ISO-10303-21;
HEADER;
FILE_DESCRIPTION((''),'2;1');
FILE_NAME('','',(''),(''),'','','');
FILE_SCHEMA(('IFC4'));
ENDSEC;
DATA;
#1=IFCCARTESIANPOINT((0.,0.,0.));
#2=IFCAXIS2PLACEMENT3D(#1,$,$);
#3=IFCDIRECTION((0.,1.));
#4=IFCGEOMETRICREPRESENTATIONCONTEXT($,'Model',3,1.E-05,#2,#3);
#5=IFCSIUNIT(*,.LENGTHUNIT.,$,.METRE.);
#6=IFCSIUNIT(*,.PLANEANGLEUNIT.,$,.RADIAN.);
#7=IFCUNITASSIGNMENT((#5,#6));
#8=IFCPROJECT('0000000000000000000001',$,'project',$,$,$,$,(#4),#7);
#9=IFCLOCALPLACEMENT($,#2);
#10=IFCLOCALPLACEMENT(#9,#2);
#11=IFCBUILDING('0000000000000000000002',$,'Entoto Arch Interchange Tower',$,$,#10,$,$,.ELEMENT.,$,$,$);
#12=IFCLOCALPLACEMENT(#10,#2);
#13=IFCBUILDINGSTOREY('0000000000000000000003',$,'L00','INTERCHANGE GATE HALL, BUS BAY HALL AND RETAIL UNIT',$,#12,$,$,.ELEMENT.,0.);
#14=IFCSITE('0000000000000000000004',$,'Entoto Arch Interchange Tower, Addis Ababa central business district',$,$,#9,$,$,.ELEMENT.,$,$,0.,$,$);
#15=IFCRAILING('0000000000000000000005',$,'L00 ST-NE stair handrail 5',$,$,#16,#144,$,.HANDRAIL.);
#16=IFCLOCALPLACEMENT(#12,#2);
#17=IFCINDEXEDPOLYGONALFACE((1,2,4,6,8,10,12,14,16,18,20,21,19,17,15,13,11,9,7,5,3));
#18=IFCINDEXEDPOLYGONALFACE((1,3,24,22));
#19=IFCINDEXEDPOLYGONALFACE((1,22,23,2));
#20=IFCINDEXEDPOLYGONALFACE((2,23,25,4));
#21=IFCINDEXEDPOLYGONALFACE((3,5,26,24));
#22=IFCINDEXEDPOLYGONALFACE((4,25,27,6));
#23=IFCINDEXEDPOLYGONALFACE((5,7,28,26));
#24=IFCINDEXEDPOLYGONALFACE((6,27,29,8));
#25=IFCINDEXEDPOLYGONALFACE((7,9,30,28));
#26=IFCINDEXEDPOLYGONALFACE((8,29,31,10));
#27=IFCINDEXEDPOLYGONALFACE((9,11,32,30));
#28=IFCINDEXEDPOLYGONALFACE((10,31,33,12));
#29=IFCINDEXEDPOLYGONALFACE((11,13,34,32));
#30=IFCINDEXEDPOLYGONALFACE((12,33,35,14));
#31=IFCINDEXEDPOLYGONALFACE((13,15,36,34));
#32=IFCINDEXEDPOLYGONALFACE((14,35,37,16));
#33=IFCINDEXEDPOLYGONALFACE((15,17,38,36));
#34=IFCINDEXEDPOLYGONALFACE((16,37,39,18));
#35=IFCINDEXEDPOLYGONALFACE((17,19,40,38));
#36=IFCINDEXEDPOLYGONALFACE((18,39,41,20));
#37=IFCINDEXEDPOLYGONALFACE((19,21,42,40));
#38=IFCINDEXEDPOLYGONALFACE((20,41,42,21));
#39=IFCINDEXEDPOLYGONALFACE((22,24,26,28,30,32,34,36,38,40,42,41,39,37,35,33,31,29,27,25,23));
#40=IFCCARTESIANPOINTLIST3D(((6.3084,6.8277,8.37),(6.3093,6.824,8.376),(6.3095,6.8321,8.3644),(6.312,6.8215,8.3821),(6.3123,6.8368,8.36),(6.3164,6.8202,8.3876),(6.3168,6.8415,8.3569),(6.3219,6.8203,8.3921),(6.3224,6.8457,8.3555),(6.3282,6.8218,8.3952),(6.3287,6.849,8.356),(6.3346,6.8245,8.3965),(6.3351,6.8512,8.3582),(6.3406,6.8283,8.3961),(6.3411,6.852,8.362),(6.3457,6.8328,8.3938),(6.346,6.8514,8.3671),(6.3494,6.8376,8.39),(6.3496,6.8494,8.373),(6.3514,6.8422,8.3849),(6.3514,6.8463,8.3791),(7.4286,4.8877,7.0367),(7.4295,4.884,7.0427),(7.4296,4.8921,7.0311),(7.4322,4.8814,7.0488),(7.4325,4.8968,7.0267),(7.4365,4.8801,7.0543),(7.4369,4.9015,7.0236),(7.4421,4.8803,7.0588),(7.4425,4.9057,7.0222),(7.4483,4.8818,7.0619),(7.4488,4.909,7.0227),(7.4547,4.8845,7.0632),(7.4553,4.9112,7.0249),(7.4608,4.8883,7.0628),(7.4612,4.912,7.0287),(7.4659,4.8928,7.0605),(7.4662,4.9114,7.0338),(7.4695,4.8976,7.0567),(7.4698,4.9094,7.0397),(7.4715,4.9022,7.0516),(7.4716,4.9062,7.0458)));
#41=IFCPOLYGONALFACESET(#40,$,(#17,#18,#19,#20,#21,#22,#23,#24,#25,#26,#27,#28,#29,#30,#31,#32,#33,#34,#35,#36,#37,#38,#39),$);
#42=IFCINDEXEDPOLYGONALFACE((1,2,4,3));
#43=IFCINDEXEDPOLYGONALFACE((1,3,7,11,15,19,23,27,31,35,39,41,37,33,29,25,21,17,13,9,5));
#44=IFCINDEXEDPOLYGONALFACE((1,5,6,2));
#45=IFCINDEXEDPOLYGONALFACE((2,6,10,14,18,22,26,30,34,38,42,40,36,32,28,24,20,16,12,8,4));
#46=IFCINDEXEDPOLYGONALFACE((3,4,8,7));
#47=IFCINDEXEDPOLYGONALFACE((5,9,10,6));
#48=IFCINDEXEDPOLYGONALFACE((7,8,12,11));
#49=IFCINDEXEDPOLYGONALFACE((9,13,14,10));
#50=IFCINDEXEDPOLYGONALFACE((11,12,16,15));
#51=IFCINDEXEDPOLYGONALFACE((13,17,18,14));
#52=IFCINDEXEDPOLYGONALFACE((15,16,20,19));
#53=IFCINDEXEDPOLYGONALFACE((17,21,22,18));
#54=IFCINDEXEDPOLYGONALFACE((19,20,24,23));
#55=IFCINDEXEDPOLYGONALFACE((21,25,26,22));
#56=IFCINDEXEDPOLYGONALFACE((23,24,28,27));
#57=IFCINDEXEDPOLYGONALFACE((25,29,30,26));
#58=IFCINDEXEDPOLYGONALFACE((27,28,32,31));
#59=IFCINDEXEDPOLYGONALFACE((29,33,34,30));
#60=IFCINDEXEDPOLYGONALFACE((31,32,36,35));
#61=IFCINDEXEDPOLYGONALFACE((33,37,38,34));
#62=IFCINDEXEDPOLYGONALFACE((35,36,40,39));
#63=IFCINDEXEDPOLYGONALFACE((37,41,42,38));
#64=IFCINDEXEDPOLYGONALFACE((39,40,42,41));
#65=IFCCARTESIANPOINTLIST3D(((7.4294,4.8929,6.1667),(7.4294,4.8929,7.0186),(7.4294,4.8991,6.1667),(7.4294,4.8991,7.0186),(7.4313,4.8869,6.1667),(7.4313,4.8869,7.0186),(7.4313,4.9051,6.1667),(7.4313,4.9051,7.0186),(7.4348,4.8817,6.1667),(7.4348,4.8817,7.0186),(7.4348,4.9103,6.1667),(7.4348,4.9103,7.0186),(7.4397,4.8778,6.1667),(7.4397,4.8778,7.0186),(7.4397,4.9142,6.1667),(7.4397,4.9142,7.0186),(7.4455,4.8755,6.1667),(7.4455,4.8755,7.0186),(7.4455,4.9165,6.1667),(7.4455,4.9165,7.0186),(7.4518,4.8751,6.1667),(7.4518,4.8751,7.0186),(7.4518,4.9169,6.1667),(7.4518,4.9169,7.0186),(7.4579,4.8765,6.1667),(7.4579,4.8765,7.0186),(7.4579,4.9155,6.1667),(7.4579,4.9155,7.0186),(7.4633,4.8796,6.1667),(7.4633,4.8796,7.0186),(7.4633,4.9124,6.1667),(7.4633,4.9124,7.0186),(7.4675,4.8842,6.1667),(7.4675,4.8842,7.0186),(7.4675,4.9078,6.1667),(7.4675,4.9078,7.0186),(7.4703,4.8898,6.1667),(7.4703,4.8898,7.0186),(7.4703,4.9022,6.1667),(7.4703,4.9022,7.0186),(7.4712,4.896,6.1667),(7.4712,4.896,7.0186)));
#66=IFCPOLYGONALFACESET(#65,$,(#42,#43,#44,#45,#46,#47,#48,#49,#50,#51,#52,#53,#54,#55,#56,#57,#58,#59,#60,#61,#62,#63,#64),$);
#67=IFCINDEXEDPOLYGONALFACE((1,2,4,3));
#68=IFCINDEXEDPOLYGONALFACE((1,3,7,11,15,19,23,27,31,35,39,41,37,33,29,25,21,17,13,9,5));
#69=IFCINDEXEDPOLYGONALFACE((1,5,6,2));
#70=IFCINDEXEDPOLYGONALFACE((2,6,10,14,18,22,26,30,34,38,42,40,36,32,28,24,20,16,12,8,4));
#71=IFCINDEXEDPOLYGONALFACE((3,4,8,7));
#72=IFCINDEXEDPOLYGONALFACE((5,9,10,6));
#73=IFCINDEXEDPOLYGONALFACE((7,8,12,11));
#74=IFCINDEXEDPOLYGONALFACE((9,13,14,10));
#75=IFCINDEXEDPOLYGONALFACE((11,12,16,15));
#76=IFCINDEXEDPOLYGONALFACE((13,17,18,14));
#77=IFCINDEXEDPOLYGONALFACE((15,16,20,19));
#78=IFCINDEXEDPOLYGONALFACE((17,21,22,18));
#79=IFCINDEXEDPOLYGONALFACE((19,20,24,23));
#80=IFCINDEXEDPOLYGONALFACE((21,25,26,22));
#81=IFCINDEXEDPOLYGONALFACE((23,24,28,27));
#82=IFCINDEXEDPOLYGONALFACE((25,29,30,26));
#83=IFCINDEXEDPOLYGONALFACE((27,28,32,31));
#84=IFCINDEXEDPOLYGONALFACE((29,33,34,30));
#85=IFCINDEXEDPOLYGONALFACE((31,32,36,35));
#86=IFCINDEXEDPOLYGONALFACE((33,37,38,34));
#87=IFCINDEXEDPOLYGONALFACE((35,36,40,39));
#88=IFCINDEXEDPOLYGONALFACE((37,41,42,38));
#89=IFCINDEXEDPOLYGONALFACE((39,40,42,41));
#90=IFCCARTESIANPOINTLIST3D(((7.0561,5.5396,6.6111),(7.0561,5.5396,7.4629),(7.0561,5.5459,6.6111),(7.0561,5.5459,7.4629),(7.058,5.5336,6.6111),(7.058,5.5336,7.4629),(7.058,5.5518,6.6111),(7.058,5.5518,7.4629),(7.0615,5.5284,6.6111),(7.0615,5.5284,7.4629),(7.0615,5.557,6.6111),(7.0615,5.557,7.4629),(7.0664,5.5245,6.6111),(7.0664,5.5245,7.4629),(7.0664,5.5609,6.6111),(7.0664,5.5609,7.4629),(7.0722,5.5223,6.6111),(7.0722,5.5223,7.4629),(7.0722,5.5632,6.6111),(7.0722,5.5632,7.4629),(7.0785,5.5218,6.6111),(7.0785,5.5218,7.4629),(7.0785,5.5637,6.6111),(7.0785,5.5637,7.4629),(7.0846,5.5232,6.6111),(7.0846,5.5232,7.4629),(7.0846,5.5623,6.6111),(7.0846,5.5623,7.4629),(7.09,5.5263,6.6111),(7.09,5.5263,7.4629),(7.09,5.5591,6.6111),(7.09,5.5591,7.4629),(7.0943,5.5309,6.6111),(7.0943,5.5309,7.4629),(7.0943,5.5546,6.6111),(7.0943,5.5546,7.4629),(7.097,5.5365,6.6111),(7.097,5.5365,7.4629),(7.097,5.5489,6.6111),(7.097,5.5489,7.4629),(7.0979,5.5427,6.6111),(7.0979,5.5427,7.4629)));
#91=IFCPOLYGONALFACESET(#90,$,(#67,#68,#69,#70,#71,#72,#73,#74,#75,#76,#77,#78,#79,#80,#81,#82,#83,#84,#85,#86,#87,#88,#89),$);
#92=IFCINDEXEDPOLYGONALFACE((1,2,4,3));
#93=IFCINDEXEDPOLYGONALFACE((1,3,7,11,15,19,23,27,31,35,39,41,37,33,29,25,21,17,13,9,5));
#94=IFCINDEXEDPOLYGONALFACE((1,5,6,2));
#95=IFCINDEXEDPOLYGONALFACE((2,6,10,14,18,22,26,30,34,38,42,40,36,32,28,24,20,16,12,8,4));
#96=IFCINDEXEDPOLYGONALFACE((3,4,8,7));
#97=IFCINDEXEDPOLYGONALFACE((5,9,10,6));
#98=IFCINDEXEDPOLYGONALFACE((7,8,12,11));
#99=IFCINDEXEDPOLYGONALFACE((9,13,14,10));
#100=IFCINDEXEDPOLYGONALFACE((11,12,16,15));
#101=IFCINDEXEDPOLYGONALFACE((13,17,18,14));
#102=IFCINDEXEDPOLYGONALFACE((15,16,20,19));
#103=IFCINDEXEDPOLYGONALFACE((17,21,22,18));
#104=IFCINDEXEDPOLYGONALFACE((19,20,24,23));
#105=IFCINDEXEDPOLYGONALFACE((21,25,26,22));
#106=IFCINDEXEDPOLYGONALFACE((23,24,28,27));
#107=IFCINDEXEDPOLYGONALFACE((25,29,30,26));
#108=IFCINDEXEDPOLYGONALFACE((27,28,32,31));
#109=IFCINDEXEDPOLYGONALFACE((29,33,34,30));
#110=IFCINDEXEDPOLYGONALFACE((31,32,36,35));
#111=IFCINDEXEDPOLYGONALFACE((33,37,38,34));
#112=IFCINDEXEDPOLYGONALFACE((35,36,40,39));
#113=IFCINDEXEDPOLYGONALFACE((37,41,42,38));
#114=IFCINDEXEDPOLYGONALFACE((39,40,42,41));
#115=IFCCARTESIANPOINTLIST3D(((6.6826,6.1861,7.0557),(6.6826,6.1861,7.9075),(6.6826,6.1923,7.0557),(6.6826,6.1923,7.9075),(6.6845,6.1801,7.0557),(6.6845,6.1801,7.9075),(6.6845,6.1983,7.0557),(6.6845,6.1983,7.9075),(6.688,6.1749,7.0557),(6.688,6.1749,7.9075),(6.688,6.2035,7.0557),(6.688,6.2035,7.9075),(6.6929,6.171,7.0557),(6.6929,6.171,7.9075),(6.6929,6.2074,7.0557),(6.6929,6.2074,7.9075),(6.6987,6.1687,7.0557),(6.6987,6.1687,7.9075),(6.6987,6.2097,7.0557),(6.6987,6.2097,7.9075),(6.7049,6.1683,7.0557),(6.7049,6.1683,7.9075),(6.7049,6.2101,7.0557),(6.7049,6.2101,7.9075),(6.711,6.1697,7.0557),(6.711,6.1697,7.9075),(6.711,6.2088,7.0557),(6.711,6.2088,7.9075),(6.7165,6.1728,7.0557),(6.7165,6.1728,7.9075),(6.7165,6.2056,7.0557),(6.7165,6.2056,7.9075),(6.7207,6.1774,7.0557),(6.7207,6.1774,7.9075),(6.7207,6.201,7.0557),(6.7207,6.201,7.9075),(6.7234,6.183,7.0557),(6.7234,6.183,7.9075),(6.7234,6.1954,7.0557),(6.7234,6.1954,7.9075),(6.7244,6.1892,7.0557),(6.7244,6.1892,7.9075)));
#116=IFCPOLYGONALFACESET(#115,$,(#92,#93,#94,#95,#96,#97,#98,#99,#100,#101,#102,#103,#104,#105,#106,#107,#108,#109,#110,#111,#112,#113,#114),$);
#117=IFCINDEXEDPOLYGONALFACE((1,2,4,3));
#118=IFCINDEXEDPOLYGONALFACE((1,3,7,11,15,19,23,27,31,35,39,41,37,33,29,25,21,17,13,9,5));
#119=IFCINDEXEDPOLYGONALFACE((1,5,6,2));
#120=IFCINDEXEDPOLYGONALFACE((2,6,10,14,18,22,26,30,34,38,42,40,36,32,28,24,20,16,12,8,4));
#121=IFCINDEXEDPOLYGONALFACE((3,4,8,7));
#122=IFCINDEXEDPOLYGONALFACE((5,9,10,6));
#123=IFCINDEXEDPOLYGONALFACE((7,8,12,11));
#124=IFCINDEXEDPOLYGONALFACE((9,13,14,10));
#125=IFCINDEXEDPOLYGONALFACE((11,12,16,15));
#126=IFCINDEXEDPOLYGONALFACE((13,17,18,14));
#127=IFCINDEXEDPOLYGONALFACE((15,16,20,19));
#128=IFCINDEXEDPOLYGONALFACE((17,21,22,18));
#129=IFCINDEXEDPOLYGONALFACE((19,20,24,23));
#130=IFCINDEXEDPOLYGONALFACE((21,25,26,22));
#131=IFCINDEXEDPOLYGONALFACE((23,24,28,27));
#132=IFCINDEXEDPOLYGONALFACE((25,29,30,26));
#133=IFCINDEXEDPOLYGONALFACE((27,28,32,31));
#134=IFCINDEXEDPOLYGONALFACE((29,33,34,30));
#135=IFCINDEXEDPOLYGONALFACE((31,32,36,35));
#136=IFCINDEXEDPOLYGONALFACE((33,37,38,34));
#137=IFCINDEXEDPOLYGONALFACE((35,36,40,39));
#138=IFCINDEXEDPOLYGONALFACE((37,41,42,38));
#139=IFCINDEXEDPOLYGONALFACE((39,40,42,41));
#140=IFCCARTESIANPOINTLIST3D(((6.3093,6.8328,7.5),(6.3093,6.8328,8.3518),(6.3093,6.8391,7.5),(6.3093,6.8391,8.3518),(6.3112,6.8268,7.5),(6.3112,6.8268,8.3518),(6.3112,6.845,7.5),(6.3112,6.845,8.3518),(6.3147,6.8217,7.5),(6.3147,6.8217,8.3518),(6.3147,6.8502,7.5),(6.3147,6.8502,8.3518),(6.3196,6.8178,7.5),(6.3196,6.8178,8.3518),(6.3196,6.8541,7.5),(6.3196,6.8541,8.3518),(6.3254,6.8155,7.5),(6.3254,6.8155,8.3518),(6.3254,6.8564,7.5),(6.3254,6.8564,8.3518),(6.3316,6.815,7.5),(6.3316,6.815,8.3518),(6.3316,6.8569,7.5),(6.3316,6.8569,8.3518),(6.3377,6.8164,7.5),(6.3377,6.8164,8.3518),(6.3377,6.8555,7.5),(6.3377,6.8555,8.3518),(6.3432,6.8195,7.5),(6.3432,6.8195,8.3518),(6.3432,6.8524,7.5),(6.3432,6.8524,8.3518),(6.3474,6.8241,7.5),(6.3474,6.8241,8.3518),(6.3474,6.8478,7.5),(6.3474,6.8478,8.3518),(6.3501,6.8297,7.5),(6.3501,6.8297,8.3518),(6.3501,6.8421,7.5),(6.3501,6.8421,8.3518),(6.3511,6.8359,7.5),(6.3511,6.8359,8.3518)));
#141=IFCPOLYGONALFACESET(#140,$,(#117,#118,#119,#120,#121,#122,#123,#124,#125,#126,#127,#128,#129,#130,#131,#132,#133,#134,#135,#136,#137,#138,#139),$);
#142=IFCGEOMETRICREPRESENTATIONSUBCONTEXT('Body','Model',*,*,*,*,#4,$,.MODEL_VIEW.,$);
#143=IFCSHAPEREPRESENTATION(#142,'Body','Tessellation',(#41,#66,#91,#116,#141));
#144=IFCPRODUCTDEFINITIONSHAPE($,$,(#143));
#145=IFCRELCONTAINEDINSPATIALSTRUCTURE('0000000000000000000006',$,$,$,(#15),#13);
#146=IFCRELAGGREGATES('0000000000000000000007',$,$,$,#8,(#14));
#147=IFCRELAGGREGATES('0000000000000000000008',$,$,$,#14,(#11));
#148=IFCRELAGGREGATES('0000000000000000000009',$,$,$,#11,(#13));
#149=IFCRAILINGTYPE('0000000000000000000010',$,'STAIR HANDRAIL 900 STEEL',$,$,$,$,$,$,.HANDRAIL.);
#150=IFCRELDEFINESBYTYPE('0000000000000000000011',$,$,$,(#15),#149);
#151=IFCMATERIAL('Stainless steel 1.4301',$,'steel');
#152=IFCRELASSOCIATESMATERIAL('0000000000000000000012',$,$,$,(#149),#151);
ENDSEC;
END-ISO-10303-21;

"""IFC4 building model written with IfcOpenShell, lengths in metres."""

from ifc_helpers import new_model, si_unit, direction, frame, origin, origin_2d, place, context, subcontext, project, spatial, circle, extrude, material, type_object, element, save


model = new_model("IFC4")

# Units and contexts
model_context = context("Model", 3, precision=1e-05, world=origin(), true_north=direction((0.0, 1.0)))
body_context = subcontext(model_context, "Body", "Model", "MODEL_VIEW")
ifc_project = project(units=[si_unit("LENGTHUNIT", "METRE"), si_unit("PLANEANGLEUNIT", "RADIAN")], contexts=[model_context])

# Site, building, storey
site_placement = place(None, origin())
site = spatial("IfcSite", under=ifc_project, at=site_placement, Name="Entoto Arch Interchange Tower, Addis Ababa central business district", CompositionType="ELEMENT", RefElevation=0.0)
building_placement = place(site_placement, origin())
building = spatial("IfcBuilding", under=site, at=building_placement, Name="Entoto Arch Interchange Tower", CompositionType="ELEMENT")
storey_placement = place(building_placement, origin())
storey = spatial("IfcBuildingStorey", under=building, at=storey_placement, Name="L00", Description="INTERCHANGE GATE HALL, BUS BAY HALL AND RETAIL UNIT", CompositionType="ELEMENT", Elevation=0.0)

# Railing
ifc_material_1 = material(Name="Stainless steel 1.4301", Category="steel")
railing_type_1 = type_object("IfcRailingType", Name="STAIR HANDRAIL 900 STEEL", PredefinedType="HANDRAIL", material=ifc_material_1)
railing_1_placement = place(storey_placement, frame((7.4502, 4.896, 6.1667)))
element("IfcRailing", 1, at=railing_1_placement, inside=storey, type_object=railing_type_1, Name="L00 ST-NE stair handrail 5", PredefinedType="HANDRAIL", context=body_context, shape_type="SweptSolid", body=[
    extrude(circle(Radius=0.0239, at=origin_2d()), frame((0.0, 0.0, 0.876), z_axis=(-0.429684, 0.744175, 0.511444), x_axis=(-0.866008, -0.500031, 0.0)), (0.0, 0.0, 1.0), 2.6069),
    extrude(circle(Radius=0.021, at=origin_2d()), origin(), (0.0, 0.0, 1.0), 0.8518),
    extrude(circle(Radius=0.021, at=origin_2d()), frame((-0.3733, 0.6467, 0.4443)), (0.0, 0.0, 1.0), 0.8518),
    extrude(circle(Radius=0.021, at=origin_2d()), frame((-0.7468, 1.2932, 0.8889)), (0.0, 0.0, 1.0), 0.8518),
    extrude(circle(Radius=0.021, at=origin_2d()), frame((-1.1201, 1.9399, 1.3333)), (0.0, 0.0, 1.0), 0.8518),
])

save(model, "model.ifc")
